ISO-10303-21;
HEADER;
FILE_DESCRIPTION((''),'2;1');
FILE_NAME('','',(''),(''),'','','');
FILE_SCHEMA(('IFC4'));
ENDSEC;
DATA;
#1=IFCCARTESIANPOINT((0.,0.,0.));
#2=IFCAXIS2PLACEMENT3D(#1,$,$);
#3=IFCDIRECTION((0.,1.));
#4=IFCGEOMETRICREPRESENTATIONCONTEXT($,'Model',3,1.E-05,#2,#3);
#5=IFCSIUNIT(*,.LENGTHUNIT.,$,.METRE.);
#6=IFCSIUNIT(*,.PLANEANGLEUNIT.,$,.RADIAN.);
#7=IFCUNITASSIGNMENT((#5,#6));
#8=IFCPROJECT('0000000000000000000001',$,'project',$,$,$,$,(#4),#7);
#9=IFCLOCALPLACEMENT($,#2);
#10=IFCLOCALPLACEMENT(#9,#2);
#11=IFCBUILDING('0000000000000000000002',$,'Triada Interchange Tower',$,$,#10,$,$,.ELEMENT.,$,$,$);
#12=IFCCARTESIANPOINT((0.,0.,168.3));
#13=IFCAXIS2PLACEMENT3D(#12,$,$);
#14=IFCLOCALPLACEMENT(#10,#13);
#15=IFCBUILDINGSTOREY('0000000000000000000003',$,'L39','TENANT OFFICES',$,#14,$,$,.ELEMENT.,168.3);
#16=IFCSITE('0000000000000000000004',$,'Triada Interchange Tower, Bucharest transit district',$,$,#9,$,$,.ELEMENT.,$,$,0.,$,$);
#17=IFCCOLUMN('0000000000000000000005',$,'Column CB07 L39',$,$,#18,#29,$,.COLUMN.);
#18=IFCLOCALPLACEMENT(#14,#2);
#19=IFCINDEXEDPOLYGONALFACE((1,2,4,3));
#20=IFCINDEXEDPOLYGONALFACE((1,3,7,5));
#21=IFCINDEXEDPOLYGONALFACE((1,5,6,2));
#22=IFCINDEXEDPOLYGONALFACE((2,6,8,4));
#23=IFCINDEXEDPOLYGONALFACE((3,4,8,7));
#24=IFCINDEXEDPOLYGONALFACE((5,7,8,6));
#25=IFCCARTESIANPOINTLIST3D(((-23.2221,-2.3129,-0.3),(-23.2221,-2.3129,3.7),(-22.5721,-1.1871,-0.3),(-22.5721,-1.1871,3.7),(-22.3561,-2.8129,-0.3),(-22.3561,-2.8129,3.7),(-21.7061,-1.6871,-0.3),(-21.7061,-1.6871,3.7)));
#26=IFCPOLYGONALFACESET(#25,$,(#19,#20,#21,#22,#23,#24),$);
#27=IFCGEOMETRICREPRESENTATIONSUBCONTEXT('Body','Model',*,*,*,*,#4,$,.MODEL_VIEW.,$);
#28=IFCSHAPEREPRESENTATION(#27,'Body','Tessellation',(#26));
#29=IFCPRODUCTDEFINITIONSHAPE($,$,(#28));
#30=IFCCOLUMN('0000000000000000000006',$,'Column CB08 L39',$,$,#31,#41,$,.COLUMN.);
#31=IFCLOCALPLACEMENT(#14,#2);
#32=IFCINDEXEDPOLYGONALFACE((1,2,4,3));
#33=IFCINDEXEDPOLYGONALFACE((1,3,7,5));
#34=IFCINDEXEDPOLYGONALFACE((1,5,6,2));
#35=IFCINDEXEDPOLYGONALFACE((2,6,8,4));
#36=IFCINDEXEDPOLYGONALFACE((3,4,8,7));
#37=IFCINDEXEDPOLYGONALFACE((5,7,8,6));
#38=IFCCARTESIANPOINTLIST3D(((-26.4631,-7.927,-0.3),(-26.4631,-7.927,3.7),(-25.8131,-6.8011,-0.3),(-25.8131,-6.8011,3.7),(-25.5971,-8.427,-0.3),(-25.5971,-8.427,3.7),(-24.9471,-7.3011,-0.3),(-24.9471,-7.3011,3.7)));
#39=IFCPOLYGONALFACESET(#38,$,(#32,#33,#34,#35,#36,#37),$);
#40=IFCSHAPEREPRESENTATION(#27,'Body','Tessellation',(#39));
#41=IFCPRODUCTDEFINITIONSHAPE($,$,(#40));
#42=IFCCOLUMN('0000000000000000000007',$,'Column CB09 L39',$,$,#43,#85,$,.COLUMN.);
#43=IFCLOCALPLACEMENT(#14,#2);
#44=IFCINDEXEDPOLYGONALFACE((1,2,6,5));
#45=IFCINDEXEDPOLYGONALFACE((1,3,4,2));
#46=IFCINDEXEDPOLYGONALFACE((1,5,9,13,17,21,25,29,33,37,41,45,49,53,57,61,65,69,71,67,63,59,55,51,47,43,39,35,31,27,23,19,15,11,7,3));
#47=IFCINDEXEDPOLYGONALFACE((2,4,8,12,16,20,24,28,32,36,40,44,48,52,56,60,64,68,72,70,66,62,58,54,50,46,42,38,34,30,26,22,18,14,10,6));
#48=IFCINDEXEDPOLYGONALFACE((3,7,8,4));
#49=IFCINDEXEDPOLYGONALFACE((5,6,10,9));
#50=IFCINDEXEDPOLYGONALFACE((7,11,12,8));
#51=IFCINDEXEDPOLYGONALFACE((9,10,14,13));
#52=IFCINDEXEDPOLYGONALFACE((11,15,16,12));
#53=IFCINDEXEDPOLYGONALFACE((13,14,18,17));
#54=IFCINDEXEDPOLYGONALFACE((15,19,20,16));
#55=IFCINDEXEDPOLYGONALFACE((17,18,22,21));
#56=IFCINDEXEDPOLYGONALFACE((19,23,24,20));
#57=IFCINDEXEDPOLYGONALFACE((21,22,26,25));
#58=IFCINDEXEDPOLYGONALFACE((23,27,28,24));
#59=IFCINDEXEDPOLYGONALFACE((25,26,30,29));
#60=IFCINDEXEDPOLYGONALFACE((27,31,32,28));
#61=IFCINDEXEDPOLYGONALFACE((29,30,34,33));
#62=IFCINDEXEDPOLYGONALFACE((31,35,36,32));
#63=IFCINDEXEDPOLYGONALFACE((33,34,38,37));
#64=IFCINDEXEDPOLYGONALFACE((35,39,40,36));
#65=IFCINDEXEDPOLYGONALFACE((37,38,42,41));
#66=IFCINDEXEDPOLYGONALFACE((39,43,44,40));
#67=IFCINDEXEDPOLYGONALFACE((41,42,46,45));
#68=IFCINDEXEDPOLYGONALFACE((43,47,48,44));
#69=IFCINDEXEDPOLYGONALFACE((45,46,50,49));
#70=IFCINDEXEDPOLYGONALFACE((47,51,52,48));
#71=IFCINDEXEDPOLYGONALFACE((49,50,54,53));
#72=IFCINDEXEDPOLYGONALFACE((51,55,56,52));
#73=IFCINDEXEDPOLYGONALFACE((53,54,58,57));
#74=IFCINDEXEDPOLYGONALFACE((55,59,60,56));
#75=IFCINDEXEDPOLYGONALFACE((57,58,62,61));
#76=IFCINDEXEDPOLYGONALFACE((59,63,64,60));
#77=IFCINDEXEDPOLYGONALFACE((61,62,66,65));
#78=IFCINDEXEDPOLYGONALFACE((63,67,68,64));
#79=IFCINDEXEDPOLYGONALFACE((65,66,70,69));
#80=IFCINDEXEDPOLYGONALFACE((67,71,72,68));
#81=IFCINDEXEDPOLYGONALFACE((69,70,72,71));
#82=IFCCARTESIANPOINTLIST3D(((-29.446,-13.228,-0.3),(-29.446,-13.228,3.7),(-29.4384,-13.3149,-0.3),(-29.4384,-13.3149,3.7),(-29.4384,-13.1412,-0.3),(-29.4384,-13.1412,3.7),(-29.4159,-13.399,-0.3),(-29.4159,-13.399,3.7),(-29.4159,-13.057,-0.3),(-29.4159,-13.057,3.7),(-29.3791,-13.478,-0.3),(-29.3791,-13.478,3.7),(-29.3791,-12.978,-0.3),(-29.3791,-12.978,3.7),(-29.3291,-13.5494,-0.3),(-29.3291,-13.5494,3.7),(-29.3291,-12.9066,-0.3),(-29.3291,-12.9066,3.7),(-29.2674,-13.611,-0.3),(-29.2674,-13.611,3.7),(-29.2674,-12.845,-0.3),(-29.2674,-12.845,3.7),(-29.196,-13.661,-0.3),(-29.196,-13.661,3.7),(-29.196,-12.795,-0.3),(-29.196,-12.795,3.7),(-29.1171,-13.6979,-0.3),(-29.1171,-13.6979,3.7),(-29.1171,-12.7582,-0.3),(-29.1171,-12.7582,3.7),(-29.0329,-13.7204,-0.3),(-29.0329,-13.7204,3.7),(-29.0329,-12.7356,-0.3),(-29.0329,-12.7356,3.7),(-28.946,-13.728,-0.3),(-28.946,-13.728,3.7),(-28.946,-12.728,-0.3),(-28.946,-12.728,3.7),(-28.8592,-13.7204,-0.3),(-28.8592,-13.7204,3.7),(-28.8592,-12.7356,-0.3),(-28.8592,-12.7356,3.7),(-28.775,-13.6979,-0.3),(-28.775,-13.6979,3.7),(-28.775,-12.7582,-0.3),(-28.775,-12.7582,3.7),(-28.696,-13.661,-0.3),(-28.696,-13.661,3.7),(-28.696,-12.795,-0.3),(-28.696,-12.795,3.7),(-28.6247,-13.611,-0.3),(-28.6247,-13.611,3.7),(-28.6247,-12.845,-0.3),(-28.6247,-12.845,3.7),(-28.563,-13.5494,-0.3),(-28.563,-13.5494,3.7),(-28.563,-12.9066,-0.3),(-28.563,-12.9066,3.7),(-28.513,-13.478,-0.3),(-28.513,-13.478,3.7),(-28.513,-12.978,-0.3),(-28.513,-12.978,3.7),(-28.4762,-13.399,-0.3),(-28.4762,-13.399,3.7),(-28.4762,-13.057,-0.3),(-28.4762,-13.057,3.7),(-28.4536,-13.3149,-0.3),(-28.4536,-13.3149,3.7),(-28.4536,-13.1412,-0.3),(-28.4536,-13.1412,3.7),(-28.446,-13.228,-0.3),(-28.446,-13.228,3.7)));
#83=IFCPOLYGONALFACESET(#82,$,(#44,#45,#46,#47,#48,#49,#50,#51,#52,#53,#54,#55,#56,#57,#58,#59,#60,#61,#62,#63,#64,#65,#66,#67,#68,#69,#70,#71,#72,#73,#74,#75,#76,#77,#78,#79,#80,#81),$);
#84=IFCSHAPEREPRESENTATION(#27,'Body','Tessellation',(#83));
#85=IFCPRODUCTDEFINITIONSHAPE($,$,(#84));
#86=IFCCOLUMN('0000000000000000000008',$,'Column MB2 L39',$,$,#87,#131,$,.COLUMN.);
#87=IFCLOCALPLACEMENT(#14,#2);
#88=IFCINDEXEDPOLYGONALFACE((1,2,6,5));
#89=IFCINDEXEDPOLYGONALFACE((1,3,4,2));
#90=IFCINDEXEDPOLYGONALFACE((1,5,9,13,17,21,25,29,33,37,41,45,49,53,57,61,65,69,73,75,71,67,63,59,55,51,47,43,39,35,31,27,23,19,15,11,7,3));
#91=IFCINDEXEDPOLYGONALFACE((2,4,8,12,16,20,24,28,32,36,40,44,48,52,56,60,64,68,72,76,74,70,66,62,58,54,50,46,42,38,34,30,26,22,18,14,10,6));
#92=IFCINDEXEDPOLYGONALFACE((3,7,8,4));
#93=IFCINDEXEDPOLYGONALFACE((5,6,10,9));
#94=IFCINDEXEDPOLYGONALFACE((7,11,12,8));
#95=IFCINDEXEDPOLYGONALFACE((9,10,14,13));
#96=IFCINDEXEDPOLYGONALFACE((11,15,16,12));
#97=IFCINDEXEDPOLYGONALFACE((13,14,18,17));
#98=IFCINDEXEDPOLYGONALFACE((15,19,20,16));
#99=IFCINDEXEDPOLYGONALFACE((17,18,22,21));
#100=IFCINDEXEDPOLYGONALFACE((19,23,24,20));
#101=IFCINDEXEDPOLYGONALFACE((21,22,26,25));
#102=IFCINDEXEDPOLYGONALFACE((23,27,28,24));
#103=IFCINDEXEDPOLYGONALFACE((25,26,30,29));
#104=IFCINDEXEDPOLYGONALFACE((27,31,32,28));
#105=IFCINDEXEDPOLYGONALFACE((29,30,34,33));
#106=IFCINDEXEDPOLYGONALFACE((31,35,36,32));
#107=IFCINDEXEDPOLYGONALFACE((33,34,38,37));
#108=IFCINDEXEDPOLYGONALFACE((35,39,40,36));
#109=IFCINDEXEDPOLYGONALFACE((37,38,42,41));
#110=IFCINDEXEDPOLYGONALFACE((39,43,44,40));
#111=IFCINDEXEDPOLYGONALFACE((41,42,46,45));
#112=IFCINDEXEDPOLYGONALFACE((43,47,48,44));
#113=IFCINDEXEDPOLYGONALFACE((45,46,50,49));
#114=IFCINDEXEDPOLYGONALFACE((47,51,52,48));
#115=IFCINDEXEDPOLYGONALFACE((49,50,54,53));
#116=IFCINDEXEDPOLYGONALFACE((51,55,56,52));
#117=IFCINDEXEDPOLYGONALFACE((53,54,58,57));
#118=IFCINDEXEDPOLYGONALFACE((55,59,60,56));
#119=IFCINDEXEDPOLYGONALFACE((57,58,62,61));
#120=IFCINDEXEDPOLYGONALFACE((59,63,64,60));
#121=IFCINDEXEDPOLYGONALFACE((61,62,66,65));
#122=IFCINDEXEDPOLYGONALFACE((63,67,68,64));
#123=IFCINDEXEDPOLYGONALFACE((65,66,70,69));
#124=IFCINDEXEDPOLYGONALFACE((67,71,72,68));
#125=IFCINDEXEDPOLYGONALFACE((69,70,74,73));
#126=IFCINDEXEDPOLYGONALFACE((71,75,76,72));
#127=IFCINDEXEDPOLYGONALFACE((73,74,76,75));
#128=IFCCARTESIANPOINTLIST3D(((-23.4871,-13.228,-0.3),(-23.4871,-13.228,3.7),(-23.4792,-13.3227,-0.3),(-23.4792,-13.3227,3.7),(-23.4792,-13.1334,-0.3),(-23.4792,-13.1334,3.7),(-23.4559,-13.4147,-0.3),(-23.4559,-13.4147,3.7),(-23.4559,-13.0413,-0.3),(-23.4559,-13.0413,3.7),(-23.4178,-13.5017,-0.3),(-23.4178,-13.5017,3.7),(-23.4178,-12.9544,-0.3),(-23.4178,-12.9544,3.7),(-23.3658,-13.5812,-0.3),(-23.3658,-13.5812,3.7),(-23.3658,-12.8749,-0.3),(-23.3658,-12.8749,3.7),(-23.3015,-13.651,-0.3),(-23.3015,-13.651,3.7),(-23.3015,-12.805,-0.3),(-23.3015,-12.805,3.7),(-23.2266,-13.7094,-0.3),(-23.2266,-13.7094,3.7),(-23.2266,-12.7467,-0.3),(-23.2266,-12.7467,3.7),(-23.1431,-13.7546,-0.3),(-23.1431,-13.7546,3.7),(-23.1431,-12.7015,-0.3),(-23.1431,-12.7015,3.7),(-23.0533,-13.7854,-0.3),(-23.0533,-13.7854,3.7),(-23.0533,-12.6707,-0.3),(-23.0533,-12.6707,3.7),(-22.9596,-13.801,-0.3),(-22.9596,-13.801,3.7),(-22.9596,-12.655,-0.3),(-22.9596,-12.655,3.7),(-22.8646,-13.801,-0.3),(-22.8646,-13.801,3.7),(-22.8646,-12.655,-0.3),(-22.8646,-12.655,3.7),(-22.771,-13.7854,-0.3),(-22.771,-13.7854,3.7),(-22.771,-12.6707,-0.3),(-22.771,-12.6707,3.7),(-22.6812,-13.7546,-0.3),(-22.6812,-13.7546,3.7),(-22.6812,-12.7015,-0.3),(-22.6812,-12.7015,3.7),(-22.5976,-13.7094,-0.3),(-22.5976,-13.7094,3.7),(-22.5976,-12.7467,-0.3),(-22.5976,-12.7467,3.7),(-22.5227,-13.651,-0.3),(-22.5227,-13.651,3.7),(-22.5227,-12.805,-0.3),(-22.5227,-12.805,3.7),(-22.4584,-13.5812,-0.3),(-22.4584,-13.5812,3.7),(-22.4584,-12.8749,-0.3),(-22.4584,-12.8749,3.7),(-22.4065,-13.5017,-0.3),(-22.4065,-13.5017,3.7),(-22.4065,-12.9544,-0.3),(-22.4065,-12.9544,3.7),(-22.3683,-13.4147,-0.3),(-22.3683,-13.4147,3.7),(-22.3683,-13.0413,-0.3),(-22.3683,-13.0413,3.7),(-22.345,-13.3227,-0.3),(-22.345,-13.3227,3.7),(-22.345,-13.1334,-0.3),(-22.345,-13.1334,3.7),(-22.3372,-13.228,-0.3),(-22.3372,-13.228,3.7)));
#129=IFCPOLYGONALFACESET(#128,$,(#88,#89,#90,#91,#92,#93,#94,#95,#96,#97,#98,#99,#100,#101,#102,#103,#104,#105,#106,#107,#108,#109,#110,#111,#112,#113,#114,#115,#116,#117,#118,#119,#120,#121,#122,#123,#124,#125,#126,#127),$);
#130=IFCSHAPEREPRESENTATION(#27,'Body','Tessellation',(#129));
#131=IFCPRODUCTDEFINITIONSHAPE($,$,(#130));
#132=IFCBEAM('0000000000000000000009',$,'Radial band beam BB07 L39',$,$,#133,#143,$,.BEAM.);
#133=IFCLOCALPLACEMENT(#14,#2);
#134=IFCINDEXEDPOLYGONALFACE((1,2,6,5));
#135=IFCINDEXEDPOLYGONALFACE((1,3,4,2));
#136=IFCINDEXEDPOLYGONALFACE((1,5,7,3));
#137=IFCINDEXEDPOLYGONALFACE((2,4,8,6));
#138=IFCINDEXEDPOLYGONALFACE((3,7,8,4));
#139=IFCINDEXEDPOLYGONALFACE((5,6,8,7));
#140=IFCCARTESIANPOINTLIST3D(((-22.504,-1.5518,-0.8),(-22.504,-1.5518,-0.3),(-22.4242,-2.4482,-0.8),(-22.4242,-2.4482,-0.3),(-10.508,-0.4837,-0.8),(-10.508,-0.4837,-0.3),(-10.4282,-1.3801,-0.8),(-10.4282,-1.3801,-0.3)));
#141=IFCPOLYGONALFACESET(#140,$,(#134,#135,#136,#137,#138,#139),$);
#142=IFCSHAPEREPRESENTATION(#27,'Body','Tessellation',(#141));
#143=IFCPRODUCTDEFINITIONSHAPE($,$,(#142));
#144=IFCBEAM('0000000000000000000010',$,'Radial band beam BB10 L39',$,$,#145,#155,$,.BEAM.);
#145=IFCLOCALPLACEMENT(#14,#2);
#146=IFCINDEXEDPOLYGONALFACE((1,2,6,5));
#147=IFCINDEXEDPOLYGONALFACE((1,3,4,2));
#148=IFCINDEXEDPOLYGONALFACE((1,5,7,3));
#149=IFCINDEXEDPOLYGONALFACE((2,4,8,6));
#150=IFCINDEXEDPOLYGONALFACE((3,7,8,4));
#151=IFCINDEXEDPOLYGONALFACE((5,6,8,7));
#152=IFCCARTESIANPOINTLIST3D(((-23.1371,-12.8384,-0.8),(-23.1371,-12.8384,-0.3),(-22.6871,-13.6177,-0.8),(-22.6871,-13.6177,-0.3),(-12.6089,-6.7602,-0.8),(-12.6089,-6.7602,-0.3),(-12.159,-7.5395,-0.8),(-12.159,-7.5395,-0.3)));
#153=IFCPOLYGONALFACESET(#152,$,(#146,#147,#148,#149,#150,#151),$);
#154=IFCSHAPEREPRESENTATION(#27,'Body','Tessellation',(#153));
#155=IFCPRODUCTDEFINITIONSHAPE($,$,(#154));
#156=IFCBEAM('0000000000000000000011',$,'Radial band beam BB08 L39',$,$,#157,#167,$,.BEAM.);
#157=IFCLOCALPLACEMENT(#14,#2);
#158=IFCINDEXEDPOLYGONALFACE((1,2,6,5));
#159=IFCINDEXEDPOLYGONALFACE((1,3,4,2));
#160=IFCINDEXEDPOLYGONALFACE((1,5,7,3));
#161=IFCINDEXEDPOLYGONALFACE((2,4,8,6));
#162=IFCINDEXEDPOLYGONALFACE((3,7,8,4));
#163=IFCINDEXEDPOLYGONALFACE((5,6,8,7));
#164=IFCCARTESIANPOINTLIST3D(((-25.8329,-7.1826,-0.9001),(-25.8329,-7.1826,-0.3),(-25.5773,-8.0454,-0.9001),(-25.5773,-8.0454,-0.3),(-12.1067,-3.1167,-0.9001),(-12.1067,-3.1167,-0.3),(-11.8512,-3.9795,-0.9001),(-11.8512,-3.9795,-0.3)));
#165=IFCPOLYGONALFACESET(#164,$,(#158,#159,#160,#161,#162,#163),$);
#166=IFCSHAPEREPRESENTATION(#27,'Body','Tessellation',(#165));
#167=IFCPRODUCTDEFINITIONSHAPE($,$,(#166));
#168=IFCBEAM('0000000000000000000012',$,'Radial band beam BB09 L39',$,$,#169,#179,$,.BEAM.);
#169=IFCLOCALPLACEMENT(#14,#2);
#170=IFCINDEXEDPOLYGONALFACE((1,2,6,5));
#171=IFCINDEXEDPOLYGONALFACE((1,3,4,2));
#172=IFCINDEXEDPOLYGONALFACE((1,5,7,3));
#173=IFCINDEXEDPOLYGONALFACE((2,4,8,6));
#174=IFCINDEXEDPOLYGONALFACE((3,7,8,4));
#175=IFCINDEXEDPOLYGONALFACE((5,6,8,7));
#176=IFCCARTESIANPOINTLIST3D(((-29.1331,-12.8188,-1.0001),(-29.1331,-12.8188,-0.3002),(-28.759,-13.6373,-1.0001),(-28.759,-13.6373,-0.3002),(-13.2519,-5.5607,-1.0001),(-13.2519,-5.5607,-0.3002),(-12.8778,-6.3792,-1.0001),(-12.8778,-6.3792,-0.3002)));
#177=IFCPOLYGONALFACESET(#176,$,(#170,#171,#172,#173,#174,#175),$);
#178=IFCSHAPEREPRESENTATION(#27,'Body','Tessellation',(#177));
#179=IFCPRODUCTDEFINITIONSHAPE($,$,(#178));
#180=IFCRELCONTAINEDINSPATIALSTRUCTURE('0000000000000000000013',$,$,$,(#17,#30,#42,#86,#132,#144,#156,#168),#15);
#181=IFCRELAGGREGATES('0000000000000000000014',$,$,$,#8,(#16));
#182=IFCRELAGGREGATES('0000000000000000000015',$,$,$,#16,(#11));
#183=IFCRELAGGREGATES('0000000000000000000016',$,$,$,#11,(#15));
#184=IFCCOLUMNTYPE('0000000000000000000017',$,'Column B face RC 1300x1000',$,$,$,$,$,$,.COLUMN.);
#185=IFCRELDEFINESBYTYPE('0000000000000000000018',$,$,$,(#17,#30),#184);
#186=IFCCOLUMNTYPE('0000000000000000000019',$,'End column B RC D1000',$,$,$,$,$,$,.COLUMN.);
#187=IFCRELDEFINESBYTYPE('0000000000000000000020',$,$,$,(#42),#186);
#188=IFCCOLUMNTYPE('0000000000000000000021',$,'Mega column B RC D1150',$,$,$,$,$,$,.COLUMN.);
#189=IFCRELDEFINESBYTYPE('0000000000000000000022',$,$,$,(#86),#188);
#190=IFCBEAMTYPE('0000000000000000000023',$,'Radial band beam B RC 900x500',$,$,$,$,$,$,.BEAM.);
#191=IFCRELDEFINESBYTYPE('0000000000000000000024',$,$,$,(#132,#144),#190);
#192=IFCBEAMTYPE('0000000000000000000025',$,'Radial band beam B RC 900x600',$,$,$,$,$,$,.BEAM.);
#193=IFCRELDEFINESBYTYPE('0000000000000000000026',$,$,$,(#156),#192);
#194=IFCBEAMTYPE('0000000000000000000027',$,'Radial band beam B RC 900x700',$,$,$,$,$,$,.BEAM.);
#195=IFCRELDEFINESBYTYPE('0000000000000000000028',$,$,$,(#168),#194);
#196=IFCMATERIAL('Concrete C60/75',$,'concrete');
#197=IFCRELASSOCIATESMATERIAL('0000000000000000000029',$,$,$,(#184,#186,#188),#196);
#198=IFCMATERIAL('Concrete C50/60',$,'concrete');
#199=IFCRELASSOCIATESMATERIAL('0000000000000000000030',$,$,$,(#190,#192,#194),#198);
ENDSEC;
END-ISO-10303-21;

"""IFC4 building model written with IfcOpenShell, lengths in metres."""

from ifc_helpers import new_model, si_unit, direction, frame, origin, origin_2d, place, context, subcontext, project, spatial, rectangle, circle, extrude, material, material_profile, profile_set, type_object, element, save


model = new_model("IFC4")

# Units and contexts
model_context = context("Model", 3, precision=1e-05, world=origin(), true_north=direction((0.0, 1.0)))
body_context = subcontext(model_context, "Body", "Model", "MODEL_VIEW")
ifc_project = project(units=[si_unit("LENGTHUNIT", "METRE"), si_unit("PLANEANGLEUNIT", "RADIAN")], contexts=[model_context])

# Site, building, storey
site_placement = place(None, origin())
site = spatial("IfcSite", under=ifc_project, at=site_placement, Name="Triada Interchange Tower, Bucharest transit district", CompositionType="ELEMENT", RefElevation=0.0)
building_placement = place(site_placement, origin())
building = spatial("IfcBuilding", under=site, at=building_placement, Name="Triada Interchange Tower", CompositionType="ELEMENT")
storey_placement = place(building_placement, frame((0.0, 0.0, 168.3)))
storey = spatial("IfcBuildingStorey", under=building, at=storey_placement, Name="L39", Description="TENANT OFFICES", CompositionType="ELEMENT", Elevation=168.3)

# Columns
ifc_material_1 = material(Name="Concrete C60/75", Category="concrete")
ifc_material_profile_1 = material_profile(ifc_material_1, rectangle(XDim=1.3, YDim=1.0, at=origin_2d()), Name="RC 1300x1000")
ifc_profile_set_1 = profile_set([ifc_material_profile_1], Name="Concrete C60/75")
column_type_1 = type_object("IfcColumnType", Name="Column B face RC 1300x1000", PredefinedType="COLUMN", material=ifc_profile_set_1)
for number, where, z_axis, x_axis, name in (
    (1, (-22.4641, -2.0, -0.3), (0.0, 0.0, 1.0), (0.5, 0.866025, 0.0), "Column CB07 L39"),
    (2, (-25.7051, -7.614, -0.3), (0.0, 0.0, 1.0), (0.5, 0.866025, 0.0), "Column CB08 L39"),
):
    element("IfcColumn", number, at=place(storey_placement, frame(where, z_axis=z_axis, x_axis=x_axis)), inside=storey, type_object=column_type_1, Name=name, PredefinedType="COLUMN", context=body_context, shape_type="SweptSolid", body=[
        extrude(rectangle(XDim=1.3, YDim=1.0, at=origin_2d()), origin(), (0.0, 0.0, 1.0), 4.0),
    ])
ifc_material_profile_2 = material_profile(ifc_material_1, circle(Radius=0.5, at=origin_2d()), Name="RC D1000")
ifc_profile_set_2 = profile_set([ifc_material_profile_2], Name="Concrete C60/75")
column_type_2 = type_object("IfcColumnType", Name="End column B RC D1000", PredefinedType="COLUMN", material=ifc_profile_set_2)
column_1_placement = place(storey_placement, frame((-28.946, -13.228, -0.3), z_axis=(0.0, 0.0, 1.0), x_axis=(0.5, 0.866025, 0.0)))
element("IfcColumn", 3, at=column_1_placement, inside=storey, type_object=column_type_2, Name="Column CB09 L39", PredefinedType="COLUMN", context=body_context, shape_type="SweptSolid", body=[
    extrude(circle(Radius=0.5, at=origin_2d()), origin(), (0.0, 0.0, 1.0), 4.0),
])
ifc_material_profile_3 = material_profile(ifc_material_1, circle(Radius=0.575, at=origin_2d()), Name="RC D1150")
ifc_profile_set_3 = profile_set([ifc_material_profile_3], Name="Concrete C60/75")
column_type_3 = type_object("IfcColumnType", Name="Mega column B RC D1150", PredefinedType="COLUMN", material=ifc_profile_set_3)
column_2_placement = place(storey_placement, frame((-22.9121, -13.228, -0.3), z_axis=(0.0, 0.0, 1.0), x_axis=(1.0, 0.0, 0.0)))
element("IfcColumn", 4, at=column_2_placement, inside=storey, type_object=column_type_3, Name="Column MB2 L39", PredefinedType="COLUMN", context=body_context, shape_type="SweptSolid", body=[
    extrude(circle(Radius=0.575, at=origin_2d()), origin(), (0.0, 0.0, 1.0), 4.0),
])

# Beams
ifc_material_2 = material(Name="Concrete C50/60", Category="concrete")
ifc_material_profile_4 = material_profile(ifc_material_2, rectangle(XDim=0.8999, YDim=0.5, at=origin_2d()), Name="RC 900x500")
ifc_profile_set_4 = profile_set([ifc_material_profile_4], Name="Concrete C50/60")
beam_type_1 = type_object("IfcBeamType", Name="Radial band beam B RC 900x500", PredefinedType="BEAM", material=ifc_profile_set_4)
beam_1_placement = place(storey_placement, frame((-22.4641, -2.0, -0.55), z_axis=(0.996059, 0.088688, 0.0), x_axis=(-0.088688, 0.996059, 0.0)))
element("IfcBeam", 5, at=beam_1_placement, inside=storey, type_object=beam_type_1, Name="Radial band beam BB07 L39", PredefinedType="BEAM", context=body_context, shape_type="SweptSolid", body=[
    extrude(rectangle(XDim=0.8999, YDim=0.5, at=origin_2d()), origin(), (0.0, 0.0, 1.0), 12.0435),
])
beam_2_placement = place(storey_placement, frame((-22.9121, -13.228, -0.55), z_axis=(0.866035, 0.499984, 0.0), x_axis=(-0.499984, 0.866035, 0.0)))
element("IfcBeam", 6, at=beam_2_placement, inside=storey, type_object=beam_type_1, Name="Radial band beam BB10 L39", PredefinedType="BEAM", context=body_context, shape_type="SweptSolid", body=[
    extrude(rectangle(XDim=0.8999, YDim=0.5, at=origin_2d()), origin(), (0.0, 0.0, 1.0), 12.1567),
])
ifc_material_profile_5 = material_profile(ifc_material_2, rectangle(XDim=0.8999, YDim=0.6001, at=origin_2d()), Name="RC 900x600")
ifc_profile_set_5 = profile_set([ifc_material_profile_5], Name="Concrete C50/60")
beam_type_2 = type_object("IfcBeamType", Name="Radial band beam B RC 900x600", PredefinedType="BEAM", material=ifc_profile_set_5)
beam_3_placement = place(storey_placement, frame((-25.7051, -7.614, -0.6001), z_axis=(0.958818, 0.28402, 0.0), x_axis=(-0.28402, 0.958818, 0.0)))
element("IfcBeam", 7, at=beam_3_placement, inside=storey, type_object=beam_type_2, Name="Radial band beam BB08 L39", PredefinedType="BEAM", context=body_context, shape_type="SweptSolid", body=[
    extrude(rectangle(XDim=0.8999, YDim=0.6001, at=origin_2d()), origin(), (0.0, 0.0, 1.0), 14.3157),
])
ifc_material_profile_6 = material_profile(ifc_material_2, rectangle(XDim=0.8999, YDim=0.7, at=origin_2d()), Name="RC 900x700")
ifc_profile_set_6 = profile_set([ifc_material_profile_6], Name="Concrete C50/60")
beam_type_3 = type_object("IfcBeamType", Name="Radial band beam B RC 900x700", PredefinedType="BEAM", material=ifc_profile_set_6)
beam_4_placement = place(storey_placement, frame((-28.946, -13.228, -0.6501), z_axis=(0.909515, 0.415671, 0.0), x_axis=(-0.415671, 0.909515, 0.0)))
element("IfcBeam", 8, at=beam_4_placement, inside=storey, type_object=beam_type_3, Name="Radial band beam BB09 L39", PredefinedType="BEAM", context=body_context, shape_type="SweptSolid", body=[
    extrude(rectangle(XDim=0.8999, YDim=0.7, at=origin_2d()), origin(), (0.0, 0.0, 1.0), 17.4612),
])

save(model, "model.ifc")
